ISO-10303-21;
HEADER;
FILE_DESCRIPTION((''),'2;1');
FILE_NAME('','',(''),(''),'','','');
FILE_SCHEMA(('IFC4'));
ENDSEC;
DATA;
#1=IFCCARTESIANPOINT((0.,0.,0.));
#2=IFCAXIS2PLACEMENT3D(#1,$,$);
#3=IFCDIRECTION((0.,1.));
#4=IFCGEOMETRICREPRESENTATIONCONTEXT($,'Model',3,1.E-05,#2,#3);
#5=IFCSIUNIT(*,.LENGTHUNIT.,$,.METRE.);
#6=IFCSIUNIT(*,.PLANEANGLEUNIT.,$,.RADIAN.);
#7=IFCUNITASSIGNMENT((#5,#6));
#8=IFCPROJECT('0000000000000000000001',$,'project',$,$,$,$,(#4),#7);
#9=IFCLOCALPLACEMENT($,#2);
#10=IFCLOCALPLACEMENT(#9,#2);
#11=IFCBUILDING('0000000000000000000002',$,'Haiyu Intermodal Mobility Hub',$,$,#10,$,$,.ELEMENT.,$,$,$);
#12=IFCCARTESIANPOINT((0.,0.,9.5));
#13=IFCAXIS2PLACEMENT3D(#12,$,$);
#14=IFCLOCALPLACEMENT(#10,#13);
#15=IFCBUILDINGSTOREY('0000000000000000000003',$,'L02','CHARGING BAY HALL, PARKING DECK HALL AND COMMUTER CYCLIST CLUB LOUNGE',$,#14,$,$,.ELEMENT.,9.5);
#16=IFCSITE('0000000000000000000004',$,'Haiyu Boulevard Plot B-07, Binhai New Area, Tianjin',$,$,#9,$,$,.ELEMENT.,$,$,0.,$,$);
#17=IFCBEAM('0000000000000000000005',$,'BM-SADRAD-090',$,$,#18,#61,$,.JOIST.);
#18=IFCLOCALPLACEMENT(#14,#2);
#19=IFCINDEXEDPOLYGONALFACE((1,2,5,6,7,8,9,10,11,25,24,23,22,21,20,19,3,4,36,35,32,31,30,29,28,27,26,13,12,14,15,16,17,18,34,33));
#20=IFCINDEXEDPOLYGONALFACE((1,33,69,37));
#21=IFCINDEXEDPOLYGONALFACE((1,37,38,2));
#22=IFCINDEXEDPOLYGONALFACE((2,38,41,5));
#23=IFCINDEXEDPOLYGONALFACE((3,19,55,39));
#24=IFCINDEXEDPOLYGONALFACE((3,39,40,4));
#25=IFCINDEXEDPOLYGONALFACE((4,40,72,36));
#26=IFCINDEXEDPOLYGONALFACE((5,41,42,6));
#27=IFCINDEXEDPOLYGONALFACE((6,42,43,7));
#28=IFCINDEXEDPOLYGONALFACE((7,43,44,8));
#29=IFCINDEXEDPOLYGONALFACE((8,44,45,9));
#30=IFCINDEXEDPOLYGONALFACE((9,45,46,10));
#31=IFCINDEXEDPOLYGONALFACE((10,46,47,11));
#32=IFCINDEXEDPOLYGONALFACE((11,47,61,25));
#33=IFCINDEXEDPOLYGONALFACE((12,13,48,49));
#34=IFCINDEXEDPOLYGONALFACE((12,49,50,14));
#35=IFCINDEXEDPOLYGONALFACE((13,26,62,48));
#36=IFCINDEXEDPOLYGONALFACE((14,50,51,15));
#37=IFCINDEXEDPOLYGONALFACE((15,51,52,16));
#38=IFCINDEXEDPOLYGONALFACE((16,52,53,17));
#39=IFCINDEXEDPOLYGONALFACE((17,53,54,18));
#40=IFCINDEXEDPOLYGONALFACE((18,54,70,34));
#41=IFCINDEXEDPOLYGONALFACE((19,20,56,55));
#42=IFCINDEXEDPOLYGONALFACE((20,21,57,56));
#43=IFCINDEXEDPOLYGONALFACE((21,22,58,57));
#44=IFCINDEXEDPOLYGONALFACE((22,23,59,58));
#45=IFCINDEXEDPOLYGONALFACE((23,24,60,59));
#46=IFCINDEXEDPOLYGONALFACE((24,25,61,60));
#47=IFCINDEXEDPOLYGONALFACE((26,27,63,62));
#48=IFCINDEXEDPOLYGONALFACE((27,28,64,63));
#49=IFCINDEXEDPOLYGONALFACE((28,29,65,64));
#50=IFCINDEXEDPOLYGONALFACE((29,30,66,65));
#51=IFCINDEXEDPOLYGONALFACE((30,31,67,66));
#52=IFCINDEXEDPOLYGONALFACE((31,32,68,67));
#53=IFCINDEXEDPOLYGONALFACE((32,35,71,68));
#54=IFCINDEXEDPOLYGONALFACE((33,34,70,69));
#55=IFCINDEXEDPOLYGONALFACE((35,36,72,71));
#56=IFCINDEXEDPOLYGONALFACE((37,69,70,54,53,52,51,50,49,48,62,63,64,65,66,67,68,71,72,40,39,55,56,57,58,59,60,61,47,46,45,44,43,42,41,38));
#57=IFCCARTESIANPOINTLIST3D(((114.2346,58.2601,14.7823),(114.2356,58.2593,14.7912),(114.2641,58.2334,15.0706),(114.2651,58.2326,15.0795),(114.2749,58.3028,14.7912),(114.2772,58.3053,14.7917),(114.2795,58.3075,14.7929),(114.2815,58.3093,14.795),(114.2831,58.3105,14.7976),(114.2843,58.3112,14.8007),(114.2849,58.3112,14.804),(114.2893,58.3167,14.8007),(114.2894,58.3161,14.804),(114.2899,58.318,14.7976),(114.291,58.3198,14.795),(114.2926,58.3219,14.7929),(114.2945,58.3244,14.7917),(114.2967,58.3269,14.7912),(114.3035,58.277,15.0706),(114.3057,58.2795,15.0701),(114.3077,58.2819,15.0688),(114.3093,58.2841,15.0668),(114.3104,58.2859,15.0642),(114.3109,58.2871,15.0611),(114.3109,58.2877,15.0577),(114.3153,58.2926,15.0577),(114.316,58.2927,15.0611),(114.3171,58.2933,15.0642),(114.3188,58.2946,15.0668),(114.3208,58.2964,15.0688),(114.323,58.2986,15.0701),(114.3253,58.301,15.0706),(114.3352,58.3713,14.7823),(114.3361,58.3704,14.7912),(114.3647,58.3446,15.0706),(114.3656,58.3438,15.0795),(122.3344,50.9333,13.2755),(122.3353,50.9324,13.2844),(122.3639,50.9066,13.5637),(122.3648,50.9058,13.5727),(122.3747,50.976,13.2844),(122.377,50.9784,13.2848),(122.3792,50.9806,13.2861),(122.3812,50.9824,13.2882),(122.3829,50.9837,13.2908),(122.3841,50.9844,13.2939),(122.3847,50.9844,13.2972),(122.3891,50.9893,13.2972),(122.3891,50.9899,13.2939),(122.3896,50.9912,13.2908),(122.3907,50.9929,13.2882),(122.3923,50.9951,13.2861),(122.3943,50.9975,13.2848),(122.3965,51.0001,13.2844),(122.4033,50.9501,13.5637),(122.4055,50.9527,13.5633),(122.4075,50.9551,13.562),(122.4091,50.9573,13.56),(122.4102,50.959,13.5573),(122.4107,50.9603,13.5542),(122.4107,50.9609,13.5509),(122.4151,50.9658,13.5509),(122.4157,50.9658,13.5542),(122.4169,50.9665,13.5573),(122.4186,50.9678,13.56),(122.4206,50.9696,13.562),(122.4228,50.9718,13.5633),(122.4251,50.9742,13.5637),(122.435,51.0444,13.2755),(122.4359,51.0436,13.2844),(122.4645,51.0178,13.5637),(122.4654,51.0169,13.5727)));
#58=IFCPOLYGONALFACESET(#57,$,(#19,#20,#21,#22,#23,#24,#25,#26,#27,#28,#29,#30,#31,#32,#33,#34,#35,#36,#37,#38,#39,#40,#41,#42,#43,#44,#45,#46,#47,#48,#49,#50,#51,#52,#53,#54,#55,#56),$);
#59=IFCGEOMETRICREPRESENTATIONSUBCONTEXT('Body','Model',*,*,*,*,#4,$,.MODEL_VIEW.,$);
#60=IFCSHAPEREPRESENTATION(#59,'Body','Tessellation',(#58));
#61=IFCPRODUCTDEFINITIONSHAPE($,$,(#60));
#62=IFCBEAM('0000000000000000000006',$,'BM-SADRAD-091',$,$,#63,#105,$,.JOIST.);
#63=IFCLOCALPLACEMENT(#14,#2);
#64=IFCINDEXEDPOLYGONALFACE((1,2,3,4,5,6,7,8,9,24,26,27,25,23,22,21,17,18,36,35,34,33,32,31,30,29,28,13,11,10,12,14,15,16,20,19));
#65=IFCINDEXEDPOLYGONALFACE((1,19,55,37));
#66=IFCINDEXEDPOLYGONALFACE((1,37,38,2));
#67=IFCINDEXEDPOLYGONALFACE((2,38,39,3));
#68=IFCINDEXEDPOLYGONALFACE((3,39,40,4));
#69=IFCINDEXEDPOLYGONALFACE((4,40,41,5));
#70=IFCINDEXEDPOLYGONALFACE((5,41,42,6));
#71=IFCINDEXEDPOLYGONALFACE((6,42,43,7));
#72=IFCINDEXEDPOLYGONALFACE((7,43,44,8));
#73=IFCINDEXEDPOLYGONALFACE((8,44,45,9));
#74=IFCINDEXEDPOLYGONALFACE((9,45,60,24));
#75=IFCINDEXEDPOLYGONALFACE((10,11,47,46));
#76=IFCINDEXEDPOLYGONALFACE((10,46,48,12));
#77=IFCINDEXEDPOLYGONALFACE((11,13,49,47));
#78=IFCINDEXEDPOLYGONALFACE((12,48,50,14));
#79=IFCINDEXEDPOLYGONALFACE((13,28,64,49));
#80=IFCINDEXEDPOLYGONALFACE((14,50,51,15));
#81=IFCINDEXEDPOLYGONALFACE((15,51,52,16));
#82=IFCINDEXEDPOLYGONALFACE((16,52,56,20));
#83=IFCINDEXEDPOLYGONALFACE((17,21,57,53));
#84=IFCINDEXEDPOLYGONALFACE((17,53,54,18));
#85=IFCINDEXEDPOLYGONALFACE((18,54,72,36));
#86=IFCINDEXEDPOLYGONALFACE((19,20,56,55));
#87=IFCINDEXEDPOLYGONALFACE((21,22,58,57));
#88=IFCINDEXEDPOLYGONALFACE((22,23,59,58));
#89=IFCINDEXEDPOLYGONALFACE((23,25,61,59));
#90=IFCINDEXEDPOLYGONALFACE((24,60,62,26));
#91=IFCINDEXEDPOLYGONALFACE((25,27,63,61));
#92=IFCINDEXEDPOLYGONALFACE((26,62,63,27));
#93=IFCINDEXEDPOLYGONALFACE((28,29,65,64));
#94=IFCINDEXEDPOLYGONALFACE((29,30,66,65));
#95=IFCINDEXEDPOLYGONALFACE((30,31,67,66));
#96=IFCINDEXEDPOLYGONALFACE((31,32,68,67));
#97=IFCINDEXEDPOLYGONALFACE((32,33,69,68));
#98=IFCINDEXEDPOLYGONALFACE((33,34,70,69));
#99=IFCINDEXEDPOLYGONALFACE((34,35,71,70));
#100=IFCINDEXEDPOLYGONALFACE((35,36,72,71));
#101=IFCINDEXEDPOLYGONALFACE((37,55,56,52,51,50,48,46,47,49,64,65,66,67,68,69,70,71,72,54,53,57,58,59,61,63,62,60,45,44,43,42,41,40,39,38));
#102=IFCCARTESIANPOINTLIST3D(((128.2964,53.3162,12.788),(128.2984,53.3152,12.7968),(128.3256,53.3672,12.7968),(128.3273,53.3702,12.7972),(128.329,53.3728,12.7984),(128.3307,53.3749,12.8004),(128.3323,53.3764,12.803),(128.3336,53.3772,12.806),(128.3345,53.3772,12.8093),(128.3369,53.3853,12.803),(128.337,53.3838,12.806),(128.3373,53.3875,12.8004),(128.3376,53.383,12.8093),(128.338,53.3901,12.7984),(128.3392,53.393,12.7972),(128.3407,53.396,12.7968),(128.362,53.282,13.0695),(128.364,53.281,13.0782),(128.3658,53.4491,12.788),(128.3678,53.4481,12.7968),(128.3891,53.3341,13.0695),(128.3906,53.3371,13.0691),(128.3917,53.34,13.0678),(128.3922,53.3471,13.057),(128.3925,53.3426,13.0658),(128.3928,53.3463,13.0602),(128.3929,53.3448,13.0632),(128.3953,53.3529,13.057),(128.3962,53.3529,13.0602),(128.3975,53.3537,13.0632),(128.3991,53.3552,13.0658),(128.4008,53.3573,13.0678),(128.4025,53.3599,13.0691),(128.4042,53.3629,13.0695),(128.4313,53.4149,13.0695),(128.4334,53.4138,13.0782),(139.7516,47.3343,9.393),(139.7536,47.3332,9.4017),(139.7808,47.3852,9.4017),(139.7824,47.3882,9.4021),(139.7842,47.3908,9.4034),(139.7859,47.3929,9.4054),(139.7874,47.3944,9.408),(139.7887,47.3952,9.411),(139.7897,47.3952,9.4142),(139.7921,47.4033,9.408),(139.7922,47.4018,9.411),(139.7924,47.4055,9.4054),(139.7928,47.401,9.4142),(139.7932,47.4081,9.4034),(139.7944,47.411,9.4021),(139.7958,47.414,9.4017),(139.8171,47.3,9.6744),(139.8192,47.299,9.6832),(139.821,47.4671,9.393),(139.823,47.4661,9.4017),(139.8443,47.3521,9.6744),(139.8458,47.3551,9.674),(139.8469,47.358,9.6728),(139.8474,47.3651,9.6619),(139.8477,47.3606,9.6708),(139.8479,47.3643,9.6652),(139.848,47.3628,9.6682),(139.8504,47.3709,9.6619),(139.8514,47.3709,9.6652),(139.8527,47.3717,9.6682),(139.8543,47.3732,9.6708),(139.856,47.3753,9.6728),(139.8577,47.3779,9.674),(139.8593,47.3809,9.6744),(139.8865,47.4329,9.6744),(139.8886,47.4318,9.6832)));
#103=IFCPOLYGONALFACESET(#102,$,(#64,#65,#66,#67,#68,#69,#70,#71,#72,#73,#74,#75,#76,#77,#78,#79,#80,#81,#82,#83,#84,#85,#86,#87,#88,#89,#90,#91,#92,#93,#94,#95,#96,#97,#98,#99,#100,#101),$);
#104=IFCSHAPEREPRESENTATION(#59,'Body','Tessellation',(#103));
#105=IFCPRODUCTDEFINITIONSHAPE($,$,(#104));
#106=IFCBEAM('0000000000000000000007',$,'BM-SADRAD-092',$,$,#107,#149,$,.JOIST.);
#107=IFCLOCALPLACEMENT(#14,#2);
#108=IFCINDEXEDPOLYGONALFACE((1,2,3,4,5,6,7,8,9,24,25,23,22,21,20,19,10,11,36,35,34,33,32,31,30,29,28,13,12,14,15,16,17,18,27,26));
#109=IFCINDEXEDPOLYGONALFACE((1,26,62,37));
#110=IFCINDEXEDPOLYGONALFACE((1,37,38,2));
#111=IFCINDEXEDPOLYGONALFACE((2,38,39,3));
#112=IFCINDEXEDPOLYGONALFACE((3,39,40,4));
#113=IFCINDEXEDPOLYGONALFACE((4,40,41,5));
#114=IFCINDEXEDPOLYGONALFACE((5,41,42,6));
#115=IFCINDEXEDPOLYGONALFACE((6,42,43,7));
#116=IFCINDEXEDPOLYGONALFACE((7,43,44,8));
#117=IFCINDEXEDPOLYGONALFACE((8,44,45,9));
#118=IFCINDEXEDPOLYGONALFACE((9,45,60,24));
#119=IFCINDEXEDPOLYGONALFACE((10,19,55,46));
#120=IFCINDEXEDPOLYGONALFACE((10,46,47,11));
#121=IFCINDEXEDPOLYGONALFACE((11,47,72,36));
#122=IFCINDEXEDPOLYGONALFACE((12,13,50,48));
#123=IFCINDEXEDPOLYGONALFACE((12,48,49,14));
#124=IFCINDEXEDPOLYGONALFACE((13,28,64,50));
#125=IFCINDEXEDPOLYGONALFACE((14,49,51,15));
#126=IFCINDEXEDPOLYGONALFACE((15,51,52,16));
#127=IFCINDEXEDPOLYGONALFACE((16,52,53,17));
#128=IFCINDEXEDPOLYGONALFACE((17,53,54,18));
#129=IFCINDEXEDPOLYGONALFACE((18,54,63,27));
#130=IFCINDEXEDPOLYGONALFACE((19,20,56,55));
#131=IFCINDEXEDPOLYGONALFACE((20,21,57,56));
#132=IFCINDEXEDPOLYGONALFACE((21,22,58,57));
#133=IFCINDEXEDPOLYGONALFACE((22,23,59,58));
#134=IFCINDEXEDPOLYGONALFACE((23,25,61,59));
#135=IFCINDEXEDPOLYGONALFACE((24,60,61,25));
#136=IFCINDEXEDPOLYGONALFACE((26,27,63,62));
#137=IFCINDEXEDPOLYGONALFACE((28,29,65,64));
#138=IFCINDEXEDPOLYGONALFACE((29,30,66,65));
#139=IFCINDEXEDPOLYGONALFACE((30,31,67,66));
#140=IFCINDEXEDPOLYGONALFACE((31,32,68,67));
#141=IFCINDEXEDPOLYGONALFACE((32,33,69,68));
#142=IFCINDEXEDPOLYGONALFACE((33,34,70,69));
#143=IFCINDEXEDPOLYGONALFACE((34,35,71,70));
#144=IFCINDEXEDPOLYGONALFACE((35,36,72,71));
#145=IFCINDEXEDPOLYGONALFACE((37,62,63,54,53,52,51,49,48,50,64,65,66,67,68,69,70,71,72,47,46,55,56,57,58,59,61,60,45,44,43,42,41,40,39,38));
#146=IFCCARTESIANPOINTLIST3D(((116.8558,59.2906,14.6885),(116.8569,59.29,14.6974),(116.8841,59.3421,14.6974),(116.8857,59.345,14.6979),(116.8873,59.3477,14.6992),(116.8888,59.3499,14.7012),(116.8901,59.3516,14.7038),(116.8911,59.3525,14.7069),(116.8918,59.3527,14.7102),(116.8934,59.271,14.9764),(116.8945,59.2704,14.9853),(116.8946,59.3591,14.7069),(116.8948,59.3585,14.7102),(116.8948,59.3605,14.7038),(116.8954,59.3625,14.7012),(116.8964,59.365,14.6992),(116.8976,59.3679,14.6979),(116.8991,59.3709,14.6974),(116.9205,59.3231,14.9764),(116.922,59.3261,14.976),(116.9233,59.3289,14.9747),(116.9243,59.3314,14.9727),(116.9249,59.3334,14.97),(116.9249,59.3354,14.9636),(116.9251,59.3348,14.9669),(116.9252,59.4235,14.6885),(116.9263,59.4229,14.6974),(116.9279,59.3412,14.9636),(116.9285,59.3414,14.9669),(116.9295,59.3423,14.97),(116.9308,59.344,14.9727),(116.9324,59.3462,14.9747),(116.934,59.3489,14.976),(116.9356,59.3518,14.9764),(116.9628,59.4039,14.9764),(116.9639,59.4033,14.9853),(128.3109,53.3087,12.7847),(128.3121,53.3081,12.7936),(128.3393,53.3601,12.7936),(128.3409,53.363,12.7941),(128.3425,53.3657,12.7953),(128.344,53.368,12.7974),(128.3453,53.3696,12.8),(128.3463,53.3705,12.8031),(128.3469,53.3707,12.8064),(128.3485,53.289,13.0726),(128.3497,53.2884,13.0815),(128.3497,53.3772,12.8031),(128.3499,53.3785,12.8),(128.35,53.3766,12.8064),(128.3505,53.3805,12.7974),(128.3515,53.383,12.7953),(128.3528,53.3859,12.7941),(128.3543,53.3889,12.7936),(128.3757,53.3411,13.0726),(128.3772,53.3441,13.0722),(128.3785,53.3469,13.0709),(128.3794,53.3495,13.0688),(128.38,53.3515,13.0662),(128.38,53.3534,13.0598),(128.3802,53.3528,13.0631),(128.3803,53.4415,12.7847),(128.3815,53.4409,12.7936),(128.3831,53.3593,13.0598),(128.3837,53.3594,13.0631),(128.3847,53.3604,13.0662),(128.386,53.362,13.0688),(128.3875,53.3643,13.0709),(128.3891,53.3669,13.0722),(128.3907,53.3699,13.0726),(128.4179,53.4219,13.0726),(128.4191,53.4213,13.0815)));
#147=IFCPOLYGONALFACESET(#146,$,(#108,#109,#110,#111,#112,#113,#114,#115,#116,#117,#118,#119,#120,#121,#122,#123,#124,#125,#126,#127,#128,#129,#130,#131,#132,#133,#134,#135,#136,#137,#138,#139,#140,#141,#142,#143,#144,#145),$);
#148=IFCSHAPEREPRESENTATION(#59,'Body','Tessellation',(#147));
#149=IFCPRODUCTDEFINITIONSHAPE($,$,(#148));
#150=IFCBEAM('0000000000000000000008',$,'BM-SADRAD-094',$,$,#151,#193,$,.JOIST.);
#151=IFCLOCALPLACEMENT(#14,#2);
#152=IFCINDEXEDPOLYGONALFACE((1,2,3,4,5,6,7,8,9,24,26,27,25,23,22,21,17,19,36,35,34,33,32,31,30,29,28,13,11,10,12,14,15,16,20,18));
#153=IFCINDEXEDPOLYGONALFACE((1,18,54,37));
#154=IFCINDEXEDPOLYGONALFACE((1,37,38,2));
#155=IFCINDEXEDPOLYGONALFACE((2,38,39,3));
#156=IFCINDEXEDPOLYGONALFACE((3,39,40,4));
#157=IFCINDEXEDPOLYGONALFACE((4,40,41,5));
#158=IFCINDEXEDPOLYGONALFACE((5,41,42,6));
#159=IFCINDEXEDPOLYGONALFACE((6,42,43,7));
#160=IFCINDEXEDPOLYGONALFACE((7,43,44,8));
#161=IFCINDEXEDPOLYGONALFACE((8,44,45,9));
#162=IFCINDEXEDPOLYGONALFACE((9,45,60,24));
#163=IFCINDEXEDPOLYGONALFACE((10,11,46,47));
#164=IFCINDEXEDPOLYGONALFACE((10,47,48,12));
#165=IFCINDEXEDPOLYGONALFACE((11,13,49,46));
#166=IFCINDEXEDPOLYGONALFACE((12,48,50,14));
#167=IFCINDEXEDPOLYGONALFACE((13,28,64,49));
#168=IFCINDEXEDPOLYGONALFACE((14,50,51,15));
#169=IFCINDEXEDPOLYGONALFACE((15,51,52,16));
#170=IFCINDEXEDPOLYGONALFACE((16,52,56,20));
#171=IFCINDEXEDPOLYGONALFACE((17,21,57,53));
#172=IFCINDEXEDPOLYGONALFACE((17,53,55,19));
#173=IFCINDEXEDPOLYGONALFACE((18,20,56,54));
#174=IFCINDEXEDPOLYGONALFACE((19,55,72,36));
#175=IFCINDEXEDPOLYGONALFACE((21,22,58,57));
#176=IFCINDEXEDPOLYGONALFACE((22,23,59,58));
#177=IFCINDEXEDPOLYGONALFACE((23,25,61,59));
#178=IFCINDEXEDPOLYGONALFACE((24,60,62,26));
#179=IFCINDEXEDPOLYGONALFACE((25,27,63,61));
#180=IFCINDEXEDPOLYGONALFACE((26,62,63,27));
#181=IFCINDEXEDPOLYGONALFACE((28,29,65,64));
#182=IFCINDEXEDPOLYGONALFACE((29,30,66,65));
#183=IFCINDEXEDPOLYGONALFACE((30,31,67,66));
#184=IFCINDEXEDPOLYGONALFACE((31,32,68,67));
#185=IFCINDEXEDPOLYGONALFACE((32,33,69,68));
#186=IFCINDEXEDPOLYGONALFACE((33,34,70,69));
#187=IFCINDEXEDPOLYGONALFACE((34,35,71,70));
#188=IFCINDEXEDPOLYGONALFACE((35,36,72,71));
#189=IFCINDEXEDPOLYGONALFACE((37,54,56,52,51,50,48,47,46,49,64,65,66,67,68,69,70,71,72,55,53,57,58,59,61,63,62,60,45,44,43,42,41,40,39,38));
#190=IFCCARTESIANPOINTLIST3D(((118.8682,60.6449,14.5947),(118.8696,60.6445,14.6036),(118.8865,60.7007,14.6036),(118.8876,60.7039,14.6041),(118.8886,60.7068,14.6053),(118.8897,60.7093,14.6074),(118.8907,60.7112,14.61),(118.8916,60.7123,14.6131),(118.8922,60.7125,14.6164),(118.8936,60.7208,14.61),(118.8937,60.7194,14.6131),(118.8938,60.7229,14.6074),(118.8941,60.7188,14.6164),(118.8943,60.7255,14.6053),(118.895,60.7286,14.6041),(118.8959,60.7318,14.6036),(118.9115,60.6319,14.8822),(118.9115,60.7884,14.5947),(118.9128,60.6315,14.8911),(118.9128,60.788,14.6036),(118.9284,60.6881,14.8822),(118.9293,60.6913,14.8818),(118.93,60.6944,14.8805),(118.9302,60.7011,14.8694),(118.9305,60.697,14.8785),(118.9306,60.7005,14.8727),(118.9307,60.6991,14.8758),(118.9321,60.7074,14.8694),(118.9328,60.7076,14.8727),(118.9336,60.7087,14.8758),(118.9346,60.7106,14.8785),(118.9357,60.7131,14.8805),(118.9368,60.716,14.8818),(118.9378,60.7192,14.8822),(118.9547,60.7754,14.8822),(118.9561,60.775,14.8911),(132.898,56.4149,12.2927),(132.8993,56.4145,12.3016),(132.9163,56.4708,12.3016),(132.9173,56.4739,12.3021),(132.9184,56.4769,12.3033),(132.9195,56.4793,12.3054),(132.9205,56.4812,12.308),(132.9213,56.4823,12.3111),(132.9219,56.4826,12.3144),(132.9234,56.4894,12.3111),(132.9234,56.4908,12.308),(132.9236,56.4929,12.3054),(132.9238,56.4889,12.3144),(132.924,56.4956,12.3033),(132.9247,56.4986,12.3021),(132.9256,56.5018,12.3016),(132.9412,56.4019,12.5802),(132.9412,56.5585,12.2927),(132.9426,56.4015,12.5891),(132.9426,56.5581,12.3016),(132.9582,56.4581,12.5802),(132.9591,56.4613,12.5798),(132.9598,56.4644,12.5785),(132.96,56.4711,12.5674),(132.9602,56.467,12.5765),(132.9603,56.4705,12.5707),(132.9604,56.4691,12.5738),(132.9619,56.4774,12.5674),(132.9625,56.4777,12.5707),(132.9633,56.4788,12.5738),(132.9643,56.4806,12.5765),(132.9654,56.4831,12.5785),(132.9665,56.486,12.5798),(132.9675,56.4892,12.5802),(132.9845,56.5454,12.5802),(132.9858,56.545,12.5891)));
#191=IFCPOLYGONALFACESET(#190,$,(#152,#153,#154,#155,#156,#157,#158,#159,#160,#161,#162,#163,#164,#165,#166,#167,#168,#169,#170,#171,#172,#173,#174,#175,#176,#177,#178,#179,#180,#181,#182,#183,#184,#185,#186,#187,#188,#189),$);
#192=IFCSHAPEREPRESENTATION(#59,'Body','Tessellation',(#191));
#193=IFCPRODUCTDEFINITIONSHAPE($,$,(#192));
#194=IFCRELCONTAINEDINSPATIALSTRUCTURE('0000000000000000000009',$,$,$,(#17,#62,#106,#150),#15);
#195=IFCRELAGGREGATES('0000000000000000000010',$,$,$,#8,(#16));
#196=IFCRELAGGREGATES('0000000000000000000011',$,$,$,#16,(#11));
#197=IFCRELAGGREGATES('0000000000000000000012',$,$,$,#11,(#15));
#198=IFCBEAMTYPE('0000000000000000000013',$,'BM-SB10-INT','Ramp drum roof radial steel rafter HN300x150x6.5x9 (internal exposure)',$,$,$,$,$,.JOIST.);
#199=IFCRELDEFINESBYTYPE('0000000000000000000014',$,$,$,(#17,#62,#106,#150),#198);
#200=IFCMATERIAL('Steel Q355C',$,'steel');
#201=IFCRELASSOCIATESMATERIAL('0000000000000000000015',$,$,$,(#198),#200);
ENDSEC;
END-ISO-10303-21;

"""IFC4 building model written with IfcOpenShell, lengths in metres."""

from ifc_helpers import new_model, si_unit, direction, frame, origin, origin_2d, place, context, subcontext, project, spatial, i_section, extrude, material, material_profile, profile_set, type_object, element, save


model = new_model("IFC4")

# Units and contexts
model_context = context("Model", 3, precision=1e-05, world=origin(), true_north=direction((0.0, 1.0)))
body_context = subcontext(model_context, "Body", "Model", "MODEL_VIEW")
ifc_project = project(units=[si_unit("LENGTHUNIT", "METRE"), si_unit("PLANEANGLEUNIT", "RADIAN")], contexts=[model_context])

# Site, building, storey
site_placement = place(None, origin())
site = spatial("IfcSite", under=ifc_project, at=site_placement, Name="Haiyu Boulevard Plot B-07, Binhai New Area, Tianjin", CompositionType="ELEMENT", RefElevation=0.0)
building_placement = place(site_placement, origin())
building = spatial("IfcBuilding", under=site, at=building_placement, Name="Haiyu Intermodal Mobility Hub", CompositionType="ELEMENT")
storey_placement = place(building_placement, frame((0.0, 0.0, 9.5)))
storey = spatial("IfcBuildingStorey", under=building, at=storey_placement, Name="L02", Description="CHARGING BAY HALL, PARKING DECK HALL AND COMMUTER CYCLIST CLUB LOUNGE", CompositionType="ELEMENT", Elevation=9.5)

# Beams
ifc_material_1 = material(Name="Steel Q355C", Category="steel")
ifc_material_profile_1 = material_profile(ifc_material_1, i_section(OverallWidth=0.1499, OverallDepth=0.3, WebThickness=0.0066, FlangeThickness=0.009, FilletRadius=0.0129, at=origin_2d()), Name="HN300x150x6.5x9")
ifc_profile_set_1 = profile_set([ifc_material_profile_1], Name="Steel Q355C")
beam_type_1 = type_object("IfcBeamType", Name="BM-SB10-INT", Description="Ramp drum roof radial steel rafter HN300x150x6.5x9 (internal exposure)", PredefinedType="JOIST", material=ifc_profile_set_1)
beam_1_placement = place(storey_placement, frame((122.3999, 50.9751, 13.4241), z_axis=(-0.734647, 0.664542, 0.136668), x_axis=(-0.670836, -0.741606, 0.0)))
element("IfcBeam", 1, at=beam_1_placement, inside=storey, type_object=beam_type_1, Name="BM-SADRAD-090", PredefinedType="JOIST", context=body_context, shape_type="SweptSolid", body=[
    extrude(i_section(OverallWidth=0.1499, OverallDepth=0.3, WebThickness=0.0066, FlangeThickness=0.009, FilletRadius=0.0129, at=origin_2d()), origin(), (0.0, 0.0, 1.0), 11.0254),
])
beam_2_placement = place(storey_placement, frame((139.8201, 47.3831, 9.5381), z_axis=(-0.857323, 0.447701, 0.254091), x_axis=(-0.462893, -0.886414, 0.0)))
element("IfcBeam", 2, at=beam_2_placement, inside=storey, type_object=beam_type_1, Name="BM-SADRAD-091", PredefinedType="JOIST", context=body_context, shape_type="SweptSolid", body=[
    extrude(i_section(OverallWidth=0.1499, OverallDepth=0.3, WebThickness=0.0066, FlangeThickness=0.009, FilletRadius=0.0129, at=origin_2d()), origin(), (0.0, 0.0, 1.0), 13.3616),
])
beam_3_placement = place(storey_placement, frame((128.365, 53.365, 12.9331), z_axis=(-0.876949, 0.45795, 0.145747), x_axis=(-0.462893, -0.886414, 0.0)))
element("IfcBeam", 3, at=beam_3_placement, inside=storey, type_object=beam_type_1, Name="BM-SADRAD-092", PredefinedType="JOIST", context=body_context, shape_type="SweptSolid", body=[
    extrude(i_section(OverallWidth=0.1499, OverallDepth=0.3, WebThickness=0.0066, FlangeThickness=0.009, FilletRadius=0.0129, at=origin_2d()), origin(), (0.0, 0.0, 1.0), 13.0625),
])
beam_4_placement = place(storey_placement, frame((132.9419, 56.48, 12.4409), z_axis=(-0.94583, 0.285168, 0.155191), x_axis=(-0.288665, -0.95743, 0.0)))
element("IfcBeam", 4, at=beam_4_placement, inside=storey, type_object=beam_type_1, Name="BM-SADRAD-094", PredefinedType="JOIST", context=body_context, shape_type="SweptSolid", body=[
    extrude(i_section(OverallWidth=0.1499, OverallDepth=0.3, WebThickness=0.0066, FlangeThickness=0.009, FilletRadius=0.0129, at=origin_2d()), origin(), (0.0, 0.0, 1.0), 14.8333),
])

save(model, "model.ifc")
